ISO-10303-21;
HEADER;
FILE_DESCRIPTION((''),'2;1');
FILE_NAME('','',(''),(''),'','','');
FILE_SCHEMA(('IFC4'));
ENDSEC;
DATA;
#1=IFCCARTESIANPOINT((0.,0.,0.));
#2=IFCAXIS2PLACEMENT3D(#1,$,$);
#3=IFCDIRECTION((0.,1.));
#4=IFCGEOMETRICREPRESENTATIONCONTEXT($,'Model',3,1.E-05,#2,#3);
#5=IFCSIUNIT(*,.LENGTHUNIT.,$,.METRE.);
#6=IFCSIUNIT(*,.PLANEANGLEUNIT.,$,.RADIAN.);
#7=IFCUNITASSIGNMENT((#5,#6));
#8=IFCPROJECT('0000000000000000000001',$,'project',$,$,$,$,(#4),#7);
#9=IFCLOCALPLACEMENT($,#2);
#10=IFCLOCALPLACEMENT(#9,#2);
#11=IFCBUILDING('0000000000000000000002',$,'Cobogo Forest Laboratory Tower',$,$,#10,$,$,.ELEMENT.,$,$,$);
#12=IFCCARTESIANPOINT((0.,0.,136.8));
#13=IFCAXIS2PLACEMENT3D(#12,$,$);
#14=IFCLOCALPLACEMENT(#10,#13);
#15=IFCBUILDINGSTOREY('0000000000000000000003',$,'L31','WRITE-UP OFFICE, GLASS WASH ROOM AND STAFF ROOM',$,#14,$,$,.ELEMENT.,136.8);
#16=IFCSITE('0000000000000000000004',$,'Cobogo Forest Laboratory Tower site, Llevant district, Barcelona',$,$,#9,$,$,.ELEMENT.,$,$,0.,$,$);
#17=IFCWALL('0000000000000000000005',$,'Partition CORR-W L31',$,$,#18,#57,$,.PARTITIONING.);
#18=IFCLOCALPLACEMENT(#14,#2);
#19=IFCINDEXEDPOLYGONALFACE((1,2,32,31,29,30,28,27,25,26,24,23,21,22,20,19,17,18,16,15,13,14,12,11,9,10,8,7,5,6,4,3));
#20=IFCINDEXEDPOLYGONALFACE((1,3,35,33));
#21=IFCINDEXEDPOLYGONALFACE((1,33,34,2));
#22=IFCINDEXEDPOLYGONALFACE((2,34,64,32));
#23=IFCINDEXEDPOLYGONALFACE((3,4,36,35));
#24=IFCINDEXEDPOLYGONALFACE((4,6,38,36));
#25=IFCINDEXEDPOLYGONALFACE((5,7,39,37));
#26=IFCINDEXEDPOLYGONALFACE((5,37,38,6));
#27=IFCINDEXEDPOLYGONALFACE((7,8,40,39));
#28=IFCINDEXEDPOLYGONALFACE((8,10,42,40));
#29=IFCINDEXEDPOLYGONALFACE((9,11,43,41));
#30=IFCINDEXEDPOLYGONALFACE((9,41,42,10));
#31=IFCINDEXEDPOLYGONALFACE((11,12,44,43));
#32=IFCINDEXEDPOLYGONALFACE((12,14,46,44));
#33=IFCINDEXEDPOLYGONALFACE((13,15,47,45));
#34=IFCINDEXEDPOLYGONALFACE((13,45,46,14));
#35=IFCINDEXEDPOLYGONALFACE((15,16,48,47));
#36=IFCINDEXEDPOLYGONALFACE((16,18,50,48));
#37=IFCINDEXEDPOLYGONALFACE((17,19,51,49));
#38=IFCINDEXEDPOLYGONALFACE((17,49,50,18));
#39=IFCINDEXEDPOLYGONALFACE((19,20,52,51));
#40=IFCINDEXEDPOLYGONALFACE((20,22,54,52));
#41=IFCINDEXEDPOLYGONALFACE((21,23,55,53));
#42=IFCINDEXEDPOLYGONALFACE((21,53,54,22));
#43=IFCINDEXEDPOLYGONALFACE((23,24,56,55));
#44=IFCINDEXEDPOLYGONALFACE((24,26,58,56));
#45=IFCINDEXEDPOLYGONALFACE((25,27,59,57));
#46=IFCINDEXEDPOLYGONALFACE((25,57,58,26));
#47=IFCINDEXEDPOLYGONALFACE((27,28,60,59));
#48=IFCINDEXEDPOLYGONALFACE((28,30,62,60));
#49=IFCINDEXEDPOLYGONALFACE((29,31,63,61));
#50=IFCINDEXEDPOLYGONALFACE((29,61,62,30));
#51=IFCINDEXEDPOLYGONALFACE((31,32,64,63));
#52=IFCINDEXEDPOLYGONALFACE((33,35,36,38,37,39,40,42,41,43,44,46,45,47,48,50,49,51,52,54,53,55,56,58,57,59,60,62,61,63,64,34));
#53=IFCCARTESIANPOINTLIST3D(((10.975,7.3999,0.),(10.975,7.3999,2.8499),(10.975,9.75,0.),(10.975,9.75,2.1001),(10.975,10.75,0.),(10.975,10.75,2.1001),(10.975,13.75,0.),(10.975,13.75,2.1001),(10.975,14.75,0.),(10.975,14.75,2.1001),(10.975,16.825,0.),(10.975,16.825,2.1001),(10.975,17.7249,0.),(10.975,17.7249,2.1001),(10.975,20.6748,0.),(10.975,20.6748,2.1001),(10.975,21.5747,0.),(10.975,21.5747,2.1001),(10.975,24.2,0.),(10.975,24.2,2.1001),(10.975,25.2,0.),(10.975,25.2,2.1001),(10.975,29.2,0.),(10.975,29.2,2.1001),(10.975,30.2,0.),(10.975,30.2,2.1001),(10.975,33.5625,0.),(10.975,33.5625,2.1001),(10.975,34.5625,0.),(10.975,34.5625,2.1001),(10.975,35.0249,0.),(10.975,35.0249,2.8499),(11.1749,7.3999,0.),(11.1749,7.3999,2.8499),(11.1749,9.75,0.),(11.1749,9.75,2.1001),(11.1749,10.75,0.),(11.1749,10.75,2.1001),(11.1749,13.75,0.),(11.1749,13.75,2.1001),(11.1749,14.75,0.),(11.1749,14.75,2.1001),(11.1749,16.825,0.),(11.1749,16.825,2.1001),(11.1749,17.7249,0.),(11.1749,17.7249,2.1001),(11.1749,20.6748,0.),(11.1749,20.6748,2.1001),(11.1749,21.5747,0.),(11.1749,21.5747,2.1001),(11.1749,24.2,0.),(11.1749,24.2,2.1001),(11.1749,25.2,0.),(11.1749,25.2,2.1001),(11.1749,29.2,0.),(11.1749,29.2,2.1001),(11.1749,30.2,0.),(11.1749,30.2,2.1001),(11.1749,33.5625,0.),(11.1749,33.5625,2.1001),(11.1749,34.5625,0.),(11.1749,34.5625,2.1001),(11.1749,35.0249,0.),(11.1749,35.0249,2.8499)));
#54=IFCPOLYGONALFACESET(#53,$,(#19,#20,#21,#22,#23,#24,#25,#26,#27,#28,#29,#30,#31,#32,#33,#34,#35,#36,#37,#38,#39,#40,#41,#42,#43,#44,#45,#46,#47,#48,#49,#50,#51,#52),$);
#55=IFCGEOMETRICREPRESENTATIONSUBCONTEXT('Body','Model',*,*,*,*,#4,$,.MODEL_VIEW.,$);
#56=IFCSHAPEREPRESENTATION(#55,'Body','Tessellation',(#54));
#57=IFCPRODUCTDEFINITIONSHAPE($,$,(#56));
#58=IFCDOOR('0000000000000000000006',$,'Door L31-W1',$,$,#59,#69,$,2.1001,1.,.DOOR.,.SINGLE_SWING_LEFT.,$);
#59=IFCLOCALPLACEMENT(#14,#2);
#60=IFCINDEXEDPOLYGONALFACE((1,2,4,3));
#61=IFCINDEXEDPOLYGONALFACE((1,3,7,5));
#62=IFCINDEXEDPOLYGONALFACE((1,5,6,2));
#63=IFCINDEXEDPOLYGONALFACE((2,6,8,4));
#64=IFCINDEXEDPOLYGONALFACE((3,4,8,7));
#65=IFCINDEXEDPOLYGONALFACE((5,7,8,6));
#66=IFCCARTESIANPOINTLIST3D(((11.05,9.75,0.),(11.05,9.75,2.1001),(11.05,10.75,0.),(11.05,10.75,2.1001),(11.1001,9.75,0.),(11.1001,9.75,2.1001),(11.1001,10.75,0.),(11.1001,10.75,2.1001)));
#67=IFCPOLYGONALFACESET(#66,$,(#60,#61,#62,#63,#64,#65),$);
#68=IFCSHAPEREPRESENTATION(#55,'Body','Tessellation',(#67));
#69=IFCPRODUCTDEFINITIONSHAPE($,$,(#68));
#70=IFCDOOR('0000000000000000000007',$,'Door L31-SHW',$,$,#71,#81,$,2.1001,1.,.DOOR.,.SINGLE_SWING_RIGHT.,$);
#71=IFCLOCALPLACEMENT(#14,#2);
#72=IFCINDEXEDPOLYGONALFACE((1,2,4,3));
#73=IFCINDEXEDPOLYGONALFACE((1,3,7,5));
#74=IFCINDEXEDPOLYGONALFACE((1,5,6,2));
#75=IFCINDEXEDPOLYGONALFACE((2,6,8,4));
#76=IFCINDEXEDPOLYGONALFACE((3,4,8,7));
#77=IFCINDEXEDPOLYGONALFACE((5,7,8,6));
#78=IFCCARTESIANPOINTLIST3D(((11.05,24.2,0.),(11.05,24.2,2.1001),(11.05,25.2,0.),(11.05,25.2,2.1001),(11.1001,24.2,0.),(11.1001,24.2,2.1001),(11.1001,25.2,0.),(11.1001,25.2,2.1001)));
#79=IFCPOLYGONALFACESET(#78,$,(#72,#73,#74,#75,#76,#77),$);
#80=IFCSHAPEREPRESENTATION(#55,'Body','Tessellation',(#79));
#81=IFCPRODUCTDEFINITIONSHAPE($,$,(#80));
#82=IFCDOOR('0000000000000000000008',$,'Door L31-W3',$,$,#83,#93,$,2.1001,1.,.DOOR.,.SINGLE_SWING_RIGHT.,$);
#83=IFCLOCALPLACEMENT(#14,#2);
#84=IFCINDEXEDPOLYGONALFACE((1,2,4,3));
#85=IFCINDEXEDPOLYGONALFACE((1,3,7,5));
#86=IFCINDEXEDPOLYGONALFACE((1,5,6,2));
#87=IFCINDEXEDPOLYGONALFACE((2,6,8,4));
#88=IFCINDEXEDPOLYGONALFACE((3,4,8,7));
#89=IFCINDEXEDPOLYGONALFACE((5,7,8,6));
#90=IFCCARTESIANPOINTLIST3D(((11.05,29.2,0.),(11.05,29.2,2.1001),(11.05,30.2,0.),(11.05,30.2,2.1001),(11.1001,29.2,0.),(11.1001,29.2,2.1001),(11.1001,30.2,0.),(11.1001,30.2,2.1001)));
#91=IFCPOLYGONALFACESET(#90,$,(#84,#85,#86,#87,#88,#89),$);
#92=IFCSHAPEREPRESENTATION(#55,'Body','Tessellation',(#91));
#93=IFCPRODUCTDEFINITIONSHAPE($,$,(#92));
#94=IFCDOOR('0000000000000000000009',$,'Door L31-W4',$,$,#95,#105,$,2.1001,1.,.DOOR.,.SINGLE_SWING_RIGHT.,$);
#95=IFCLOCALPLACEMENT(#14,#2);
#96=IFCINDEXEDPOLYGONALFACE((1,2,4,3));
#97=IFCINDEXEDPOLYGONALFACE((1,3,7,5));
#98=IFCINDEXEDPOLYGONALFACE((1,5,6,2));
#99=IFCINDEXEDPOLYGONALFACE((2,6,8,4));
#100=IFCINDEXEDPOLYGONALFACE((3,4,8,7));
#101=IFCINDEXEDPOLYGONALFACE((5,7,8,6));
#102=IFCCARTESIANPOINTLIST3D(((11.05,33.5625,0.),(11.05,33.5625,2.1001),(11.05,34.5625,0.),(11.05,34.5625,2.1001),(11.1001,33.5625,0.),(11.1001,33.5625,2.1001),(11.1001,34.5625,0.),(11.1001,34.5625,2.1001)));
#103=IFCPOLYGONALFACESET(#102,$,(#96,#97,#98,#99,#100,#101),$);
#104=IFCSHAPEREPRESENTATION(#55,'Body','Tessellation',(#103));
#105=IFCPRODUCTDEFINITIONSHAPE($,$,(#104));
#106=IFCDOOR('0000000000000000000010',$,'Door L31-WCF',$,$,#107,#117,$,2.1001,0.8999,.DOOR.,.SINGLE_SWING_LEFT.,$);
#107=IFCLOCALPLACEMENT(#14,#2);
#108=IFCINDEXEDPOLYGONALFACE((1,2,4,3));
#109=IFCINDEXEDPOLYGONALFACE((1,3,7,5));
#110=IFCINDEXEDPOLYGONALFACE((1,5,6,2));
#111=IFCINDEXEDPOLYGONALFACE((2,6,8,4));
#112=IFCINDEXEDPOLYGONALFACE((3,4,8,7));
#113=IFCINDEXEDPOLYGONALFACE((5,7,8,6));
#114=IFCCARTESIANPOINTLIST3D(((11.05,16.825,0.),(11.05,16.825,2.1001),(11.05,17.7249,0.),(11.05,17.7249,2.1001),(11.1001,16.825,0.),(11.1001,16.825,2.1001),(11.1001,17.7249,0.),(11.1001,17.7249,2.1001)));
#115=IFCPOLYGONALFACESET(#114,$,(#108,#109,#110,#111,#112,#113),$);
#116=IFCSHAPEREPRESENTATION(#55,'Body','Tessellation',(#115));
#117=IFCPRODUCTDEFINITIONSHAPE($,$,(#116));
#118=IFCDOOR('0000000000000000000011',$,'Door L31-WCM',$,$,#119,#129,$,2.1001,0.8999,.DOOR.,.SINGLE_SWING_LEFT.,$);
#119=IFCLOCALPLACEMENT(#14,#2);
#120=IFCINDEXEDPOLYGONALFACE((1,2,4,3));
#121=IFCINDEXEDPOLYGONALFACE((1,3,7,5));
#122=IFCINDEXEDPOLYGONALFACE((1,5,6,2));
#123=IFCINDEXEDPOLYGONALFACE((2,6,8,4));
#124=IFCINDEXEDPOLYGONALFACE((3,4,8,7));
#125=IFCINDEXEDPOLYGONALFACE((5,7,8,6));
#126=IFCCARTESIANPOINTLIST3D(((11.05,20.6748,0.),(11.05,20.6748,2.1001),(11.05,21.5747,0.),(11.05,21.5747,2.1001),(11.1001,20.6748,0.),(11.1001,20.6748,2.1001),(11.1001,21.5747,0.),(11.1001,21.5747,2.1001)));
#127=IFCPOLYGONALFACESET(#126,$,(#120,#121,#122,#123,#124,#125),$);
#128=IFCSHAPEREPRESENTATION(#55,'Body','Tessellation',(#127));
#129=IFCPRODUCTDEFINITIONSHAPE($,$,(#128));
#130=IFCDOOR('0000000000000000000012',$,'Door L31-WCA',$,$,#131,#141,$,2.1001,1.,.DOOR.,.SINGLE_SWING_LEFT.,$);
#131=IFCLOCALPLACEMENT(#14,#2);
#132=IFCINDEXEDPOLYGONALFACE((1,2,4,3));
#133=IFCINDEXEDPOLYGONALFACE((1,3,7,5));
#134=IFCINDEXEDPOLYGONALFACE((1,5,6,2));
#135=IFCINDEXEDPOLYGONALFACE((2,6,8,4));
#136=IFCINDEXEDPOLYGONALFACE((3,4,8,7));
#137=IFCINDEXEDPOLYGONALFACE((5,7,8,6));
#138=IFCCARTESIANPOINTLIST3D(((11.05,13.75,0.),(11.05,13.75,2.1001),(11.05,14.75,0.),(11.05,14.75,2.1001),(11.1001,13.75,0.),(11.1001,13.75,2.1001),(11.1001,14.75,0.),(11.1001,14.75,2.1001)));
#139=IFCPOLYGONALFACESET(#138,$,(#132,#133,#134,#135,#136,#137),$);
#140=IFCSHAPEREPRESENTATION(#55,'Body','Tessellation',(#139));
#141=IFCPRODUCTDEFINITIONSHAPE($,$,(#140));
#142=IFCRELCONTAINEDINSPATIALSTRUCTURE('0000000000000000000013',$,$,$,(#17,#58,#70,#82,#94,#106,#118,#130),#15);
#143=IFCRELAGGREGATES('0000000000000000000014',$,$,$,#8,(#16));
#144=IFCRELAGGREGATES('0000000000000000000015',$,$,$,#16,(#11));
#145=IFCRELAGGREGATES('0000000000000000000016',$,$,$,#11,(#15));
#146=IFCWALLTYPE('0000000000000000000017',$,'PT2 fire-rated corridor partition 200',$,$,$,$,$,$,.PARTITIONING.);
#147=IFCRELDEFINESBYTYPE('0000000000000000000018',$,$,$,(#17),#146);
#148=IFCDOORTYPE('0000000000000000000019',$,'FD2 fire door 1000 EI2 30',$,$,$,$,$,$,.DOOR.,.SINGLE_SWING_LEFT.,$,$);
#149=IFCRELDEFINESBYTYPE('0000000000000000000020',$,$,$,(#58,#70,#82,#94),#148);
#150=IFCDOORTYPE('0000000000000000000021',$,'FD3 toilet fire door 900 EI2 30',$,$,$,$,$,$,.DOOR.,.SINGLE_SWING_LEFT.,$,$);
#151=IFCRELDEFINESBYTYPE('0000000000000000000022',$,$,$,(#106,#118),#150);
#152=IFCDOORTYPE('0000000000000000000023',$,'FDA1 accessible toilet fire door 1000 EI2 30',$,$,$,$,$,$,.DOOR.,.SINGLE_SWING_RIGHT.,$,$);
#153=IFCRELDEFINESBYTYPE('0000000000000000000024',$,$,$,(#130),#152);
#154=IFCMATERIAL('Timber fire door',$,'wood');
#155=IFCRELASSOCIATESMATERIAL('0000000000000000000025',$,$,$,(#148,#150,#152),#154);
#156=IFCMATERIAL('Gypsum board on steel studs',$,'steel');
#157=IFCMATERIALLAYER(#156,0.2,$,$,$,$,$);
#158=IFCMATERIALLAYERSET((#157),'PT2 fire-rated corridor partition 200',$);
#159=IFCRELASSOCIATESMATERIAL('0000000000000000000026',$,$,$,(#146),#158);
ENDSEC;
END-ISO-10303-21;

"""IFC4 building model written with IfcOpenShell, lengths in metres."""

from ifc_helpers import new_model, si_unit, direction, frame, frame_2d, origin, place, context, subcontext, project, spatial, rectangle, extrude, material, layer, layer_set, type_object, element, fill, save


model = new_model("IFC4")

# Units and contexts
model_context = context("Model", 3, precision=1e-05, world=origin(), true_north=direction((0.0, 1.0)))
body_context = subcontext(model_context, "Body", "Model", "MODEL_VIEW")
ifc_project = project(units=[si_unit("LENGTHUNIT", "METRE"), si_unit("PLANEANGLEUNIT", "RADIAN")], contexts=[model_context])

# Site, building, storey
site_placement = place(None, origin())
site = spatial("IfcSite", under=ifc_project, at=site_placement, Name="Cobogo Forest Laboratory Tower site, Llevant district, Barcelona", CompositionType="ELEMENT", RefElevation=0.0)
building_placement = place(site_placement, origin())
building = spatial("IfcBuilding", under=site, at=building_placement, Name="Cobogo Forest Laboratory Tower", CompositionType="ELEMENT")
storey_placement = place(building_placement, frame((0.0, 0.0, 136.8)))
storey = spatial("IfcBuildingStorey", under=building, at=storey_placement, Name="L31", Description="WRITE-UP OFFICE, GLASS WASH ROOM AND STAFF ROOM", CompositionType="ELEMENT", Elevation=136.8)

# Shared definitions
ifc_material_1 = material(Name="Gypsum board on steel studs", Category="steel")
ifc_material_2 = material(Name="Timber fire door", Category="wood")
door_type_1 = type_object("IfcDoorType", Name="FD2 fire door 1000 EI2 30", OperationType="SINGLE_SWING_LEFT", PredefinedType="DOOR", material=ifc_material_2)

# Wall, openings, doors
ifc_layer_1 = layer(ifc_material_1, 0.2)
ifc_layer_set_1 = layer_set([ifc_layer_1], Name="PT2 fire-rated corridor partition 200")
wall_type_1 = type_object("IfcWallType", Name="PT2 fire-rated corridor partition 200", PredefinedType="PARTITIONING", material=ifc_layer_set_1)
wall_1_placement = place(storey_placement, frame((11.075, 7.3999, 0.0), z_axis=(0.0, 0.0, 1.0), x_axis=(0.0, 1.0, 0.0)))
wall_1 = element("IfcWall", 1, at=wall_1_placement, inside=storey, type_object=wall_type_1, Name="Partition CORR-W L31", PredefinedType="PARTITIONING", context=body_context, shape_type="SweptSolid", body=[
    extrude(rectangle(XDim=27.625, YDim=0.2, at=frame_2d((13.8125, 0.0))), origin(), (0.0, 0.0, 1.0), 2.8499),
])
opening_1_placement = place(wall_1_placement, frame((2.3501, 0.0, 0.0)))
opening_1 = element("IfcOpeningElement", 2, at=opening_1_placement, cuts=wall_1, PredefinedType="OPENING", context=body_context, shape_type="SweptSolid", body=[
    extrude(rectangle(XDim=1.0, YDim=2.1001, at=frame_2d((0.5, 1.05))), frame((0.0, 0.1099, 0.0), z_axis=(0.0, -1.0, 0.0), x_axis=(1.0, 0.0, 0.0)), (0.0, 0.0, 1.0), 0.22),
])
opening_2_placement = place(wall_1_placement, frame((6.3501, 0.0, 0.0)))
opening_2 = element("IfcOpeningElement", 3, at=opening_2_placement, cuts=wall_1, PredefinedType="OPENING", context=body_context, shape_type="SweptSolid", body=[
    extrude(rectangle(XDim=1.0, YDim=2.1001, at=frame_2d((0.5, 1.05))), frame((0.0, 0.1099, 0.0), z_axis=(0.0, -1.0, 0.0), x_axis=(1.0, 0.0, 0.0)), (0.0, 0.0, 1.0), 0.22),
])
opening_3_placement = place(wall_1_placement, frame((9.425, 0.0, 0.0)))
opening_3 = element("IfcOpeningElement", 4, at=opening_3_placement, cuts=wall_1, PredefinedType="OPENING", context=body_context, shape_type="SweptSolid", body=[
    extrude(rectangle(XDim=0.8999, YDim=2.1001, at=frame_2d((0.45, 1.05))), frame((0.0, 0.1099, 0.0), z_axis=(0.0, -1.0, 0.0), x_axis=(1.0, 0.0, 0.0)), (0.0, 0.0, 1.0), 0.22),
])
opening_4_placement = place(wall_1_placement, frame((13.2749, 0.0, 0.0)))
opening_4 = element("IfcOpeningElement", 5, at=opening_4_placement, cuts=wall_1, PredefinedType="OPENING", context=body_context, shape_type="SweptSolid", body=[
    extrude(rectangle(XDim=0.8999, YDim=2.1001, at=frame_2d((0.45, 1.05))), frame((0.0, 0.1099, 0.0), z_axis=(0.0, -1.0, 0.0), x_axis=(1.0, 0.0, 0.0)), (0.0, 0.0, 1.0), 0.22),
])
opening_5_placement = place(wall_1_placement, frame((16.8, 0.0, 0.0)))
opening_5 = element("IfcOpeningElement", 6, at=opening_5_placement, cuts=wall_1, PredefinedType="OPENING", context=body_context, shape_type="SweptSolid", body=[
    extrude(rectangle(XDim=1.0, YDim=2.1001, at=frame_2d((0.5, 1.05))), frame((0.0, 0.1099, 0.0), z_axis=(0.0, -1.0, 0.0), x_axis=(1.0, 0.0, 0.0)), (0.0, 0.0, 1.0), 0.22),
])
opening_6_placement = place(wall_1_placement, frame((21.8, 0.0, 0.0)))
opening_6 = element("IfcOpeningElement", 7, at=opening_6_placement, cuts=wall_1, PredefinedType="OPENING", context=body_context, shape_type="SweptSolid", body=[
    extrude(rectangle(XDim=1.0, YDim=2.1001, at=frame_2d((0.5, 1.05))), frame((0.0, 0.1099, 0.0), z_axis=(0.0, -1.0, 0.0), x_axis=(1.0, 0.0, 0.0)), (0.0, 0.0, 1.0), 0.22),
])
opening_7_placement = place(wall_1_placement, frame((26.1626, 0.0, 0.0)))
opening_7 = element("IfcOpeningElement", 8, at=opening_7_placement, cuts=wall_1, PredefinedType="OPENING", context=body_context, shape_type="SweptSolid", body=[
    extrude(rectangle(XDim=1.0, YDim=2.1001, at=frame_2d((0.5, 1.05))), frame((0.0, 0.1099, 0.0), z_axis=(0.0, -1.0, 0.0), x_axis=(1.0, 0.0, 0.0)), (0.0, 0.0, 1.0), 0.22),
])
door_1_placement = place(opening_1_placement, origin())
door_1 = element("IfcDoor", 9, at=door_1_placement, inside=storey, type_object=door_type_1, Name="Door L31-W1", OperationType="SINGLE_SWING_LEFT", OverallHeight=2.1001, OverallWidth=1.0, PredefinedType="DOOR", context=body_context, shape_type="SweptSolid", body=[
    extrude(rectangle(XDim=1.0, YDim=2.1001, at=frame_2d((0.5, 1.05))), frame((0.0, 0.0249, 0.0), z_axis=(0.0, -1.0, 0.0), x_axis=(1.0, 0.0, 0.0)), (0.0, 0.0, 1.0), 0.05),
])
fill(opening_1, door_1)
door_2_placement = place(opening_5_placement, origin())
door_2 = element("IfcDoor", 10, at=door_2_placement, inside=storey, type_object=door_type_1, Name="Door L31-SHW", OperationType="SINGLE_SWING_RIGHT", OverallHeight=2.1001, OverallWidth=1.0, PredefinedType="DOOR", context=body_context, shape_type="SweptSolid", body=[
    extrude(rectangle(XDim=1.0, YDim=2.1001, at=frame_2d((0.5, 1.05))), frame((0.0, 0.0249, 0.0), z_axis=(0.0, -1.0, 0.0), x_axis=(1.0, 0.0, 0.0)), (0.0, 0.0, 1.0), 0.05),
])
fill(opening_5, door_2)
door_3_placement = place(opening_6_placement, origin())
door_3 = element("IfcDoor", 11, at=door_3_placement, inside=storey, type_object=door_type_1, Name="Door L31-W3", OperationType="SINGLE_SWING_RIGHT", OverallHeight=2.1001, OverallWidth=1.0, PredefinedType="DOOR", context=body_context, shape_type="SweptSolid", body=[
    extrude(rectangle(XDim=1.0, YDim=2.1001, at=frame_2d((0.5, 1.05))), frame((0.0, 0.0249, 0.0), z_axis=(0.0, -1.0, 0.0), x_axis=(1.0, 0.0, 0.0)), (0.0, 0.0, 1.0), 0.05),
])
fill(opening_6, door_3)
door_4_placement = place(opening_7_placement, origin())
door_4 = element("IfcDoor", 12, at=door_4_placement, inside=storey, type_object=door_type_1, Name="Door L31-W4", OperationType="SINGLE_SWING_RIGHT", OverallHeight=2.1001, OverallWidth=1.0, PredefinedType="DOOR", context=body_context, shape_type="SweptSolid", body=[
    extrude(rectangle(XDim=1.0, YDim=2.1001, at=frame_2d((0.5, 1.05))), frame((0.0, 0.0249, 0.0), z_axis=(0.0, -1.0, 0.0), x_axis=(1.0, 0.0, 0.0)), (0.0, 0.0, 1.0), 0.05),
])
fill(opening_7, door_4)
door_type_2 = type_object("IfcDoorType", Name="FD3 toilet fire door 900 EI2 30", OperationType="SINGLE_SWING_LEFT", PredefinedType="DOOR", material=ifc_material_2)
door_5_placement = place(opening_3_placement, origin())
door_5 = element("IfcDoor", 13, at=door_5_placement, inside=storey, type_object=door_type_2, Name="Door L31-WCF", OperationType="SINGLE_SWING_LEFT", OverallHeight=2.1001, OverallWidth=0.8999, PredefinedType="DOOR", context=body_context, shape_type="SweptSolid", body=[
    extrude(rectangle(XDim=0.8999, YDim=2.1001, at=frame_2d((0.45, 1.05))), frame((0.0, 0.0249, 0.0), z_axis=(0.0, -1.0, 0.0), x_axis=(1.0, 0.0, 0.0)), (0.0, 0.0, 1.0), 0.05),
])
fill(opening_3, door_5)
door_6_placement = place(opening_4_placement, origin())
door_6 = element("IfcDoor", 14, at=door_6_placement, inside=storey, type_object=door_type_2, Name="Door L31-WCM", OperationType="SINGLE_SWING_LEFT", OverallHeight=2.1001, OverallWidth=0.8999, PredefinedType="DOOR", context=body_context, shape_type="SweptSolid", body=[
    extrude(rectangle(XDim=0.8999, YDim=2.1001, at=frame_2d((0.45, 1.05))), frame((0.0, 0.0249, 0.0), z_axis=(0.0, -1.0, 0.0), x_axis=(1.0, 0.0, 0.0)), (0.0, 0.0, 1.0), 0.05),
])
fill(opening_4, door_6)
door_type_3 = type_object("IfcDoorType", Name="FDA1 accessible toilet fire door 1000 EI2 30", OperationType="SINGLE_SWING_RIGHT", PredefinedType="DOOR", material=ifc_material_2)
door_7_placement = place(opening_2_placement, origin())
door_7 = element("IfcDoor", 15, at=door_7_placement, inside=storey, type_object=door_type_3, Name="Door L31-WCA", OperationType="SINGLE_SWING_LEFT", OverallHeight=2.1001, OverallWidth=1.0, PredefinedType="DOOR", context=body_context, shape_type="SweptSolid", body=[
    extrude(rectangle(XDim=1.0, YDim=2.1001, at=frame_2d((0.5, 1.05))), frame((0.0, 0.0249, 0.0), z_axis=(0.0, -1.0, 0.0), x_axis=(1.0, 0.0, 0.0)), (0.0, 0.0, 1.0), 0.05),
])
fill(opening_2, door_7)

save(model, "model.ifc")
